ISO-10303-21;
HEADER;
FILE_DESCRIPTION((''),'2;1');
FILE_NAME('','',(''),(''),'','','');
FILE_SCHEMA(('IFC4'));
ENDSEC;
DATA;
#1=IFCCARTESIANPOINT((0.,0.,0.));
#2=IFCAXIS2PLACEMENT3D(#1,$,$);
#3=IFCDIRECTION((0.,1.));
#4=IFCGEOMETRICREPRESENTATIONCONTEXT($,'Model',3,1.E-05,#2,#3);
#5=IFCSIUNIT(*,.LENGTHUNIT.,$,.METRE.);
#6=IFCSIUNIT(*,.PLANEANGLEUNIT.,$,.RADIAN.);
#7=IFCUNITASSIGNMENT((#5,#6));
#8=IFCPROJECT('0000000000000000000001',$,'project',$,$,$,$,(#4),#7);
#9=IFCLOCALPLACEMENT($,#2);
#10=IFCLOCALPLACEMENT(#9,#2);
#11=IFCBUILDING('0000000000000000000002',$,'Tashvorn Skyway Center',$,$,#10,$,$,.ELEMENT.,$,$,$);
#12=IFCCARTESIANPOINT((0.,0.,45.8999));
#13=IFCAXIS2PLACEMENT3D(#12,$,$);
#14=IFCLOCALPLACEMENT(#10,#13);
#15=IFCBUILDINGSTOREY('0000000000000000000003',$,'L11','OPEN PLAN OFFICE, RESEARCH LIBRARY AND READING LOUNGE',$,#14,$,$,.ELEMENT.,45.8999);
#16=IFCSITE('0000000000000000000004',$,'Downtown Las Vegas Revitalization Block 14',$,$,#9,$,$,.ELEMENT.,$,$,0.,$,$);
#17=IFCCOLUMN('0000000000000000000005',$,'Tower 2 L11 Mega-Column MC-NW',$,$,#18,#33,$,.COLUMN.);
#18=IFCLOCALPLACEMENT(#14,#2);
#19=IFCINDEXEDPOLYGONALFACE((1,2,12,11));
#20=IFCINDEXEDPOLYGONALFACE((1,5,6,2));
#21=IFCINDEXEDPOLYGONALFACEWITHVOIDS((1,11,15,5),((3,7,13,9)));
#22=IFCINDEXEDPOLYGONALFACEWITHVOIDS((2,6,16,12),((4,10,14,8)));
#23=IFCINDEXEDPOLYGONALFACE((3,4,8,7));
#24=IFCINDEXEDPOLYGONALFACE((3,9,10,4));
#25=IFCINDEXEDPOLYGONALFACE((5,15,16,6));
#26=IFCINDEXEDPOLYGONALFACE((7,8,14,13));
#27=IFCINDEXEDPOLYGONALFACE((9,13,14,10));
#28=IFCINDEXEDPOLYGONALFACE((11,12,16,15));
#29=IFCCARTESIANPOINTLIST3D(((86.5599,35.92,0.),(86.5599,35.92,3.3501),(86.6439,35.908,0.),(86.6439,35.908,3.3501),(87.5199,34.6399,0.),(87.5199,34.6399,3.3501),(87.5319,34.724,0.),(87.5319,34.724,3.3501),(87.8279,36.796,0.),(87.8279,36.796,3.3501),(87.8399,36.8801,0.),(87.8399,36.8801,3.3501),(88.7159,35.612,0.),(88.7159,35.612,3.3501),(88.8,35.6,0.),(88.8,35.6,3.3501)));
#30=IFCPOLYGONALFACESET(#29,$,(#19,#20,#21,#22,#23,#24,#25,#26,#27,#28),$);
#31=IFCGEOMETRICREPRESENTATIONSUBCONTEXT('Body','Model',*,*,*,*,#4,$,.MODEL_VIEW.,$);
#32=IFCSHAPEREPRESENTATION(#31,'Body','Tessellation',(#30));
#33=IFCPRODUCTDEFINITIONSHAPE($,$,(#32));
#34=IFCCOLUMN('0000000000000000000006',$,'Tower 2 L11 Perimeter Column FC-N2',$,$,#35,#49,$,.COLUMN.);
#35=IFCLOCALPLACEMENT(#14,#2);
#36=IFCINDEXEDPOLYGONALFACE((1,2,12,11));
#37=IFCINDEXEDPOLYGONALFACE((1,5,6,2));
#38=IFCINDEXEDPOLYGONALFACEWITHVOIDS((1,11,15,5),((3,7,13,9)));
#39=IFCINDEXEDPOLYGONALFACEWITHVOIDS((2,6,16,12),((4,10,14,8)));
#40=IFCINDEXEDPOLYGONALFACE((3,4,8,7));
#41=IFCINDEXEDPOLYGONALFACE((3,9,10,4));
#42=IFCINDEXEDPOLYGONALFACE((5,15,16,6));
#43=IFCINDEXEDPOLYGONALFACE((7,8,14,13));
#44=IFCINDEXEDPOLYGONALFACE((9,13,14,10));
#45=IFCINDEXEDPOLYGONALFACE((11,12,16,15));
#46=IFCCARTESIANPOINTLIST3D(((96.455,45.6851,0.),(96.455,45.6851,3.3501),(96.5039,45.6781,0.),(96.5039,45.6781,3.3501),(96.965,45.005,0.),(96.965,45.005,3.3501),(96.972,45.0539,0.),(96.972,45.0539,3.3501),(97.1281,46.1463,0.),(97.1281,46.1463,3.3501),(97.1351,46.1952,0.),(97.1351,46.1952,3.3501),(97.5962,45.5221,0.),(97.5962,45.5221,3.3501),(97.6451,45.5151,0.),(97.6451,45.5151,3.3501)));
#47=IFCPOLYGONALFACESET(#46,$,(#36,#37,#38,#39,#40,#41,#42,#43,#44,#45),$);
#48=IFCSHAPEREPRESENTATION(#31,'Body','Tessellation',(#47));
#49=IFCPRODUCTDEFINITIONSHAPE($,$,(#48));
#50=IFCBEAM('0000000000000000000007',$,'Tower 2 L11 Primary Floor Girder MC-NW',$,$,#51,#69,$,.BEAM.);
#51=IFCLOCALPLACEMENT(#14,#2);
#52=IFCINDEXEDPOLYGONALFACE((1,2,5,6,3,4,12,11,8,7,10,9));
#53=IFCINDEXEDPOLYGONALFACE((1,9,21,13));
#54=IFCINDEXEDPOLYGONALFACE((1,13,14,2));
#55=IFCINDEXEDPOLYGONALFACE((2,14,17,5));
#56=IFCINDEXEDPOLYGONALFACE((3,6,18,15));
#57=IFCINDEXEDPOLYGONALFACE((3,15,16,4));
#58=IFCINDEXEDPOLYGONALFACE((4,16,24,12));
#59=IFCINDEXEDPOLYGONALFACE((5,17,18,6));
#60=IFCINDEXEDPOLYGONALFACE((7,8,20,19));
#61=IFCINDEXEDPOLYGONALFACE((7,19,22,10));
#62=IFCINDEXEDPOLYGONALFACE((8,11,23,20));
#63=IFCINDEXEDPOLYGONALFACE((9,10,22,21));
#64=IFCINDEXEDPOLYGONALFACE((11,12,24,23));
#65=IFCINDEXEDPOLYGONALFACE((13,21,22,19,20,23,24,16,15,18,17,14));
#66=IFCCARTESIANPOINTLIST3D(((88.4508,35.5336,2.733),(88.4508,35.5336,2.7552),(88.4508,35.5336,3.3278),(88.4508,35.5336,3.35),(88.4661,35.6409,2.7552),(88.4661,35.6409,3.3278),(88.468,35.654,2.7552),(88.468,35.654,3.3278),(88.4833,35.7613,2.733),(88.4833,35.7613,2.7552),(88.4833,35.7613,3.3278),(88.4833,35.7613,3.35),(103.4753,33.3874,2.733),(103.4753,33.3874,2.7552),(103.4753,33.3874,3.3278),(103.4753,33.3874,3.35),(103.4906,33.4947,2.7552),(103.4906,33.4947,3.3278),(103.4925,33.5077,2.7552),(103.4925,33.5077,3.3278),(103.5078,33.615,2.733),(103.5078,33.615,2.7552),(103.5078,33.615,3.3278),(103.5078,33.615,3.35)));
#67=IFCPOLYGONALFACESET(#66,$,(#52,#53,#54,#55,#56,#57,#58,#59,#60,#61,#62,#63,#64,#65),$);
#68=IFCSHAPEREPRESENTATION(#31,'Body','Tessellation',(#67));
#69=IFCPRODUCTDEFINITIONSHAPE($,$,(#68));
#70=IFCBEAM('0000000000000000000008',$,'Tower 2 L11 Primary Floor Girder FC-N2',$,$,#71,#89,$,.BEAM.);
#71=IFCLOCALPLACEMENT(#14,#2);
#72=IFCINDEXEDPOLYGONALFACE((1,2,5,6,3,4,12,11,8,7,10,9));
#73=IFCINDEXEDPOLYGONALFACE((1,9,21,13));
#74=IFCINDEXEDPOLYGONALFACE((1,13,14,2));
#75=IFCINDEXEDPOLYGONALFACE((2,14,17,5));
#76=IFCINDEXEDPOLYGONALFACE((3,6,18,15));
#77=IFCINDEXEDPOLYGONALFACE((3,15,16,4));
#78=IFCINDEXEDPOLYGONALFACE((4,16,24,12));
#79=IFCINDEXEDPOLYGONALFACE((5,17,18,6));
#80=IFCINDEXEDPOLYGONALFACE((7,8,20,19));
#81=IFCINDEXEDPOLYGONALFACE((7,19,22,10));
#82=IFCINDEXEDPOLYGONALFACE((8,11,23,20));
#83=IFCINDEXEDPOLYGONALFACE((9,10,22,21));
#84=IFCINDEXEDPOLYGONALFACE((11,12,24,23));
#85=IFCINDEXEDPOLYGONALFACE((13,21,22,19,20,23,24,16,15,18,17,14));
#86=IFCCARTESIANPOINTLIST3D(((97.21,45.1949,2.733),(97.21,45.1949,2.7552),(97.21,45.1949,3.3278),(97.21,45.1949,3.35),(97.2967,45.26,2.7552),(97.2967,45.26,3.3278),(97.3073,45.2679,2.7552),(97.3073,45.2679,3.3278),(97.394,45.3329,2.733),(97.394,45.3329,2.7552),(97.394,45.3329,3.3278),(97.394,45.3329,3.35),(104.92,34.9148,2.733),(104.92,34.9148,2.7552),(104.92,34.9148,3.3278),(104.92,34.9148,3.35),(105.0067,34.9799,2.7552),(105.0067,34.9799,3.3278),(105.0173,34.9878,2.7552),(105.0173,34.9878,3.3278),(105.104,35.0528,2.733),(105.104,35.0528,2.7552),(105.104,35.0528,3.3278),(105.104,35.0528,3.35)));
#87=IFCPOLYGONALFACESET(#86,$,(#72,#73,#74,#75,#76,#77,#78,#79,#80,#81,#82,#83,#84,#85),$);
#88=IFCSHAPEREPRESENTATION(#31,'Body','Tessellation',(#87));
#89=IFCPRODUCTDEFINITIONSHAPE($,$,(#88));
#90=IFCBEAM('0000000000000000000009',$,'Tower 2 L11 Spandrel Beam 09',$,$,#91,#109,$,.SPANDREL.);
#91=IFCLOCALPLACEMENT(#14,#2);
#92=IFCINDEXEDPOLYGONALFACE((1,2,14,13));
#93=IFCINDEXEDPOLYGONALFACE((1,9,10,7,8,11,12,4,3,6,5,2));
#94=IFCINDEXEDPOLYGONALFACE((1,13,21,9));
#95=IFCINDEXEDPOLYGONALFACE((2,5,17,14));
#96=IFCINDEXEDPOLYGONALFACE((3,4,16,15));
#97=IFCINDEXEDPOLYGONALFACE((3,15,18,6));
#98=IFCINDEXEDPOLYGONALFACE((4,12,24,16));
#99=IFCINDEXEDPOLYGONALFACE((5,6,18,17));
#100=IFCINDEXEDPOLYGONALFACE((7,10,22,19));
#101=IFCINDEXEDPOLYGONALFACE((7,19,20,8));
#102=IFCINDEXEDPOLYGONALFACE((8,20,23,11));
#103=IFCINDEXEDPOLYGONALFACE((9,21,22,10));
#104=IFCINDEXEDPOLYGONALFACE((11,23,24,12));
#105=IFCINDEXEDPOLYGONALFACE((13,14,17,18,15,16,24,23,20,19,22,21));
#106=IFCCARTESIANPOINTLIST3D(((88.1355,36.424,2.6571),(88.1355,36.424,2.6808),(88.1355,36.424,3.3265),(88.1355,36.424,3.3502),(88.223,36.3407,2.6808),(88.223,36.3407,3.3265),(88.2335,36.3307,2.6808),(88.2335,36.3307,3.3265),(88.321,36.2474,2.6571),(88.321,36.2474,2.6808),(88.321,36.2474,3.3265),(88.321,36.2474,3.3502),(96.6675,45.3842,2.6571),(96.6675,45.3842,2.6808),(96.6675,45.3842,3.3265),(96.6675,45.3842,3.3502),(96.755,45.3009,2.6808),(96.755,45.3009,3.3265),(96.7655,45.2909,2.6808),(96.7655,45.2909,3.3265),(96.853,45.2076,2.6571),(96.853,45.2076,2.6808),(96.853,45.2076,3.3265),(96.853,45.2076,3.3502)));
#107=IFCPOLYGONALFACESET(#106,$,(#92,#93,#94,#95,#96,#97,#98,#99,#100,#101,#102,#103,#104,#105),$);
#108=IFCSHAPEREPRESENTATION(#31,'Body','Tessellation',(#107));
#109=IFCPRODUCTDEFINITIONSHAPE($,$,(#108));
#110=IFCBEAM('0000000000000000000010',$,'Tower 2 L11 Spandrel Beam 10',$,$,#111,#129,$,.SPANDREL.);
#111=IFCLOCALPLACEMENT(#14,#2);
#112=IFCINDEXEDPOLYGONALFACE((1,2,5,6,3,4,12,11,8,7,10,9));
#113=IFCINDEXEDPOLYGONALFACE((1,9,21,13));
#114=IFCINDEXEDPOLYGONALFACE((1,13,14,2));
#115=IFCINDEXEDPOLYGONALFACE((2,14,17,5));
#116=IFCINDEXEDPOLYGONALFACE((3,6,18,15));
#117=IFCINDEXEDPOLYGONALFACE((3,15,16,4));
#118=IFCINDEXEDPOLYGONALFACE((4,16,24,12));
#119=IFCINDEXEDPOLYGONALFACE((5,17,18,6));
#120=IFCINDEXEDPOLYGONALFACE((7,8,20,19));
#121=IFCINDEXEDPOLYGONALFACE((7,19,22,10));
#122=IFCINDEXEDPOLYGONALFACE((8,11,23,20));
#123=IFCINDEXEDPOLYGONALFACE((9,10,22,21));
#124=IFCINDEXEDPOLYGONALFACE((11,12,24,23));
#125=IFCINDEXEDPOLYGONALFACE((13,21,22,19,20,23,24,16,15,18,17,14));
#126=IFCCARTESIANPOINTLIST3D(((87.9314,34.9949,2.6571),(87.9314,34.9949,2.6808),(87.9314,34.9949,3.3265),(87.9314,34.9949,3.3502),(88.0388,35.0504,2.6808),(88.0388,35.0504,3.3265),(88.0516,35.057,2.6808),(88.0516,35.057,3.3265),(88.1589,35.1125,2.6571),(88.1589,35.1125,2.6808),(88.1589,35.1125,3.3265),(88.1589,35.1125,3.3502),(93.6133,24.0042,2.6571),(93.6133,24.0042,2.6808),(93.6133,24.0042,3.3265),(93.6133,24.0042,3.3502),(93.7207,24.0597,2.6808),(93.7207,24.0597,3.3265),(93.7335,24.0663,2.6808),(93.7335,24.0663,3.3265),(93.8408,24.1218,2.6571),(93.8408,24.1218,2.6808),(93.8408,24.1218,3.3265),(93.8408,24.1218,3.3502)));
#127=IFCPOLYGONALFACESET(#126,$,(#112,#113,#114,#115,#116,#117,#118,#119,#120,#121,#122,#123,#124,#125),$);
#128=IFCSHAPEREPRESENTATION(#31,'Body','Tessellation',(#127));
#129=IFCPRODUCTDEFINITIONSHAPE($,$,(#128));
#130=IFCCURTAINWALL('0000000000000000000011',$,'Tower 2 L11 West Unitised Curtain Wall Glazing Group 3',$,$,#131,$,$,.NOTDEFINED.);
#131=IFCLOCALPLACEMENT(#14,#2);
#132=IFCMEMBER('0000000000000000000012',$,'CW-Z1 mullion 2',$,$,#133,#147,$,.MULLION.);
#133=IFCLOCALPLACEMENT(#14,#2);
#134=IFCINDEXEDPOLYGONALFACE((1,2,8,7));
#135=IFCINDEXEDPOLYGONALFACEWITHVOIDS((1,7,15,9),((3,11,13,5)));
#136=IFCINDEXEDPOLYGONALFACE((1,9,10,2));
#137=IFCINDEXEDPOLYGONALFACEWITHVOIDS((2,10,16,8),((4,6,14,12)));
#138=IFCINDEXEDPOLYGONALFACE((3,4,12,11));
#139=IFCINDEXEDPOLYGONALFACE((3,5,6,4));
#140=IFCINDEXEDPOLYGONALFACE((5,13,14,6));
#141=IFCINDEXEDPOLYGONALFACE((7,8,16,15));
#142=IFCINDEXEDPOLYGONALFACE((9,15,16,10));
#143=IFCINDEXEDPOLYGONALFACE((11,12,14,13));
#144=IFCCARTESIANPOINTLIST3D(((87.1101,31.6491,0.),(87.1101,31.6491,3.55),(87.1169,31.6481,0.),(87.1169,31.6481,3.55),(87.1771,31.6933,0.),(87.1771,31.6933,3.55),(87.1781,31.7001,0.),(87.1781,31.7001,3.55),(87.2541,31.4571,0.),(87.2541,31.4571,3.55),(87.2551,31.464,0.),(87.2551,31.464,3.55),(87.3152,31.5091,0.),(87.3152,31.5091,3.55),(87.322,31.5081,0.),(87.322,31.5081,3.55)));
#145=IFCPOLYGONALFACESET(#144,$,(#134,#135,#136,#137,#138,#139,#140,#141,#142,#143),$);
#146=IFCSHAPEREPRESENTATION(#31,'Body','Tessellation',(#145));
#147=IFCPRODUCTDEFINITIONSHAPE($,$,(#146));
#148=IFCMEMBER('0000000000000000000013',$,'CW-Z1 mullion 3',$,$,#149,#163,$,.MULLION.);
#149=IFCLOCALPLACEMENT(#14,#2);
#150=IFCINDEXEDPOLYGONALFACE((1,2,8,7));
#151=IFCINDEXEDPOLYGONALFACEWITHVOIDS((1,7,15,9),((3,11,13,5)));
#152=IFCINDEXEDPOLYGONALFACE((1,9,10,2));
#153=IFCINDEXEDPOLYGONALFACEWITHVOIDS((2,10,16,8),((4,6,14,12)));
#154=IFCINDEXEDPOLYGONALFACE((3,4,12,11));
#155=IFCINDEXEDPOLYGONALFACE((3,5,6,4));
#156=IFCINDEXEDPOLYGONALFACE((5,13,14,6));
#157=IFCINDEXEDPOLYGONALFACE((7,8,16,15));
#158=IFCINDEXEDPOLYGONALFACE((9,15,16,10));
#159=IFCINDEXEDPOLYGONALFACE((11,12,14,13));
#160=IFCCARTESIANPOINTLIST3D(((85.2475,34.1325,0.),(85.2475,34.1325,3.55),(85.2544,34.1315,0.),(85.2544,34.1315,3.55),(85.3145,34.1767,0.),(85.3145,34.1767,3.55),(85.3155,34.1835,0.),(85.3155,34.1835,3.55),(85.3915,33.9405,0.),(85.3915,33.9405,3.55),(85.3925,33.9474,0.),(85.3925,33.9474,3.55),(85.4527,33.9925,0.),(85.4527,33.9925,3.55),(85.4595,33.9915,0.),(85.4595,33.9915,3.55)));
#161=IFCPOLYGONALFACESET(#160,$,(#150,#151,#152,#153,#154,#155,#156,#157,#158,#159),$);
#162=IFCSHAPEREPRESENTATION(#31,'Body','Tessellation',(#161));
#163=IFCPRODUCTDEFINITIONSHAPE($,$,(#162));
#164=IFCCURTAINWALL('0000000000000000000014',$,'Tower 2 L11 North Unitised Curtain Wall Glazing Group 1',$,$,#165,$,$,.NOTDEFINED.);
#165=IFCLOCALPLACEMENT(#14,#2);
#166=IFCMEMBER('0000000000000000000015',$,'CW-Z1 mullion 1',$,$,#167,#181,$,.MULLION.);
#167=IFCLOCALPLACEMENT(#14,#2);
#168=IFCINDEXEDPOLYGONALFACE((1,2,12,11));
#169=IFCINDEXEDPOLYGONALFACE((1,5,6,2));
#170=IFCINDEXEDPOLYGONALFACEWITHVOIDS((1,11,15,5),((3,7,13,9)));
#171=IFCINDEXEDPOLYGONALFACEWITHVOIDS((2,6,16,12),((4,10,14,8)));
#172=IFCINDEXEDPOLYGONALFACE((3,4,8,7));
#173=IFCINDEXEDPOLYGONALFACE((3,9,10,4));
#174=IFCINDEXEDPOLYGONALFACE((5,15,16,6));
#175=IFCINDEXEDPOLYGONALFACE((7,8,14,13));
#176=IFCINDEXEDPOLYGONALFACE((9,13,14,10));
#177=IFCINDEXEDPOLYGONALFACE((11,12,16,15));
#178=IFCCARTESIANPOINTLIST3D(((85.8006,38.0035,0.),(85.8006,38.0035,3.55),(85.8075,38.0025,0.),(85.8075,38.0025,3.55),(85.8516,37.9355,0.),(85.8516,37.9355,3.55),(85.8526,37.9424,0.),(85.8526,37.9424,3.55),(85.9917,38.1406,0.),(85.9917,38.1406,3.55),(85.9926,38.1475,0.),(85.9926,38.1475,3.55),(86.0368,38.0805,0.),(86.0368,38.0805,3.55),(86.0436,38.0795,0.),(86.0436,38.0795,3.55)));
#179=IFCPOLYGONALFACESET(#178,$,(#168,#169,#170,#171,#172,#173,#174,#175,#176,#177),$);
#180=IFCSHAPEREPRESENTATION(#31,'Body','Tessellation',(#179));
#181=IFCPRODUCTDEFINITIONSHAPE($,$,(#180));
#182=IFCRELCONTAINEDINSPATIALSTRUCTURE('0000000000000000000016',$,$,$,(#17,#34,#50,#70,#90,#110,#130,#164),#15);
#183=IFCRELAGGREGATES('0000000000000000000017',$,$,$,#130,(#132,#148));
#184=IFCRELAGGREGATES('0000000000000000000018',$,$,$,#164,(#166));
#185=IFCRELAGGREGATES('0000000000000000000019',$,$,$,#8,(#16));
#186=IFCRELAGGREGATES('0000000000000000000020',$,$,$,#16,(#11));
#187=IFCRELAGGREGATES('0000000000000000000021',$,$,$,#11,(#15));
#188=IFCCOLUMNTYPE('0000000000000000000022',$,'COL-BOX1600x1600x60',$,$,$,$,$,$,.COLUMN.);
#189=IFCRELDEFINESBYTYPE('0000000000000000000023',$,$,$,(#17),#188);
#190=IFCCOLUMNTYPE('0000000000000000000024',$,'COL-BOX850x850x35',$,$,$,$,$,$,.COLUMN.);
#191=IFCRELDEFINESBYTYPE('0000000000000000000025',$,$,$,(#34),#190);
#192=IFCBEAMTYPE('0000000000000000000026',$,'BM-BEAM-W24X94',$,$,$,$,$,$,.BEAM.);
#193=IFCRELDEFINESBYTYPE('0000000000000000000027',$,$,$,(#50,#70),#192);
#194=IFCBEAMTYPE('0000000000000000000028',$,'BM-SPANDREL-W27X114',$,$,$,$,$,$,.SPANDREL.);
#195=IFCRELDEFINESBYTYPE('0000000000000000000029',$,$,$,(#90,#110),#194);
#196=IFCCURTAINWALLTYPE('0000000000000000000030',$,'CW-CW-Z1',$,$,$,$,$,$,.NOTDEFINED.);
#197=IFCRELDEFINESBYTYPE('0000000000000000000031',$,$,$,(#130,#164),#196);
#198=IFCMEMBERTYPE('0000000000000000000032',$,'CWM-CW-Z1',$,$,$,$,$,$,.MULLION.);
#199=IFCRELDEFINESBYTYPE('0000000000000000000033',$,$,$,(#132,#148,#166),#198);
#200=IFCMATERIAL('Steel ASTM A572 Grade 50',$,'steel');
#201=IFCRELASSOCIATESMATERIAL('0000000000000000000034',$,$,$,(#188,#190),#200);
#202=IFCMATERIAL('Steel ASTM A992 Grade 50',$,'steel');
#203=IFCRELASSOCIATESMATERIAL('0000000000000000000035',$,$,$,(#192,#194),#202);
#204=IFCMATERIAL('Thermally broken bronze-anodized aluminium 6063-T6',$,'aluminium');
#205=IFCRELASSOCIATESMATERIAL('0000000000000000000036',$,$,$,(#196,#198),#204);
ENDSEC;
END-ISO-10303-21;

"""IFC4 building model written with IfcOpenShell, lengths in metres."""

from ifc_helpers import new_model, si_unit, direction, frame, origin, origin_2d, place, context, subcontext, project, spatial, hollow_rectangle, i_section, extrude, material, material_profile, profile_set, type_object, element, aggregate, save


model = new_model("IFC4")

# Units and contexts
model_context = context("Model", 3, precision=1e-05, world=origin(), true_north=direction((0.0, 1.0)))
body_context = subcontext(model_context, "Body", "Model", "MODEL_VIEW")
ifc_project = project(units=[si_unit("LENGTHUNIT", "METRE"), si_unit("PLANEANGLEUNIT", "RADIAN")], contexts=[model_context])

# Site, building, storey
site_placement = place(None, origin())
site = spatial("IfcSite", under=ifc_project, at=site_placement, Name="Downtown Las Vegas Revitalization Block 14", CompositionType="ELEMENT", RefElevation=0.0)
building_placement = place(site_placement, origin())
building = spatial("IfcBuilding", under=site, at=building_placement, Name="Tashvorn Skyway Center", CompositionType="ELEMENT")
storey_placement = place(building_placement, frame((0.0, 0.0, 45.8999)))
storey = spatial("IfcBuildingStorey", under=building, at=storey_placement, Name="L11", Description="OPEN PLAN OFFICE, RESEARCH LIBRARY AND READING LOUNGE", CompositionType="ELEMENT", Elevation=45.8999)

# Columns
ifc_material_1 = material(Name="Steel ASTM A572 Grade 50", Category="steel")
ifc_material_profile_1 = material_profile(ifc_material_1, hollow_rectangle(XDim=1.6001, YDim=1.6001, WallThickness=0.0601, at=origin_2d()), Name="BOX1600x1600x60")
ifc_profile_set_1 = profile_set([ifc_material_profile_1], Name="Steel ASTM A572 Grade 50")
column_type_1 = type_object("IfcColumnType", Name="COL-BOX1600x1600x60", PredefinedType="COLUMN", material=ifc_profile_set_1)
column_1_placement = place(storey_placement, frame((87.6799, 35.76, 0.0), z_axis=(0.0, 0.0, 1.0), x_axis=(0.8, 0.6, 0.0)))
element("IfcColumn", 1, at=column_1_placement, inside=storey, type_object=column_type_1, Name="Tower 2 L11 Mega-Column MC-NW", PredefinedType="COLUMN", context=body_context, shape_type="SweptSolid", body=[
    extrude(hollow_rectangle(XDim=1.6001, YDim=1.6001, WallThickness=0.0601, at=origin_2d()), origin(), (0.0, 0.0, 1.0), 3.3501),
])
ifc_material_profile_2 = material_profile(ifc_material_1, hollow_rectangle(XDim=0.8501, YDim=0.8501, WallThickness=0.0349, at=origin_2d()), Name="BOX850x850x35")
ifc_profile_set_2 = profile_set([ifc_material_profile_2], Name="Steel ASTM A572 Grade 50")
column_type_2 = type_object("IfcColumnType", Name="COL-BOX850x850x35", PredefinedType="COLUMN", material=ifc_profile_set_2)
column_2_placement = place(storey_placement, frame((97.05, 45.6001, 0.0), z_axis=(0.0, 0.0, 1.0), x_axis=(0.8, 0.6, 0.0)))
element("IfcColumn", 2, at=column_2_placement, inside=storey, type_object=column_type_2, Name="Tower 2 L11 Perimeter Column FC-N2", PredefinedType="COLUMN", context=body_context, shape_type="SweptSolid", body=[
    extrude(hollow_rectangle(XDim=0.8501, YDim=0.8501, WallThickness=0.0349, at=origin_2d()), origin(), (0.0, 0.0, 1.0), 3.3501),
])

# Beams
ifc_material_2 = material(Name="Steel ASTM A992 Grade 50", Category="steel")
ifc_material_profile_3 = material_profile(ifc_material_2, i_section(OverallWidth=0.23, OverallDepth=0.6169, WebThickness=0.0132, FlangeThickness=0.0222, at=origin_2d()), Name="W24X94")
ifc_profile_set_3 = profile_set([ifc_material_profile_3], Name="Steel ASTM A992 Grade 50")
beam_type_1 = type_object("IfcBeamType", Name="BM-BEAM-W24X94", PredefinedType="BEAM", material=ifc_profile_set_3)
beam_1_placement = place(storey_placement, frame((88.467, 35.6475, 3.0415), z_axis=(0.98995, -0.141415, 0.0), x_axis=(0.141415, 0.98995, 0.0)))
element("IfcBeam", 3, at=beam_1_placement, inside=storey, type_object=beam_type_1, Name="Tower 2 L11 Primary Floor Girder MC-NW", PredefinedType="BEAM", context=body_context, shape_type="SweptSolid", body=[
    extrude(i_section(OverallWidth=0.23, OverallDepth=0.6169, WebThickness=0.0132, FlangeThickness=0.0222, at=origin_2d()), origin(), (0.0, 0.0, 1.0), 15.177),
])
beam_2_placement = place(storey_placement, frame((97.302, 45.2639, 3.0415), z_axis=(0.599997, -0.800002, 0.0), x_axis=(0.800002, 0.599997, 0.0)))
element("IfcBeam", 4, at=beam_2_placement, inside=storey, type_object=beam_type_1, Name="Tower 2 L11 Primary Floor Girder FC-N2", PredefinedType="BEAM", context=body_context, shape_type="SweptSolid", body=[
    extrude(i_section(OverallWidth=0.23, OverallDepth=0.6169, WebThickness=0.0132, FlangeThickness=0.0222, at=origin_2d()), origin(), (0.0, 0.0, 1.0), 12.8501),
])
ifc_material_profile_4 = material_profile(ifc_material_2, i_section(OverallWidth=0.2561, OverallDepth=0.6931, WebThickness=0.0144, FlangeThickness=0.0237, at=origin_2d()), Name="W27X114")
ifc_profile_set_4 = profile_set([ifc_material_profile_4], Name="Steel ASTM A992 Grade 50")
beam_type_2 = type_object("IfcBeamType", Name="BM-SPANDREL-W27X114", PredefinedType="SPANDREL", material=ifc_profile_set_4)
for number, where, z_axis, x_axis, name in (
    (5, (96.7603, 45.2959, 3.0037), (-0.68959, -0.7242, 0.0), (0.7242, -0.68959, 0.0), "Tower 2 L11 Spandrel Beam 09"),
    (6, (88.0452, 35.0537, 3.0037), (0.459233, -0.888316, 0.0), (0.888316, 0.459233, 0.0), "Tower 2 L11 Spandrel Beam 10"),
):
    element("IfcBeam", number, at=place(storey_placement, frame(where, z_axis=z_axis, x_axis=x_axis)), inside=storey, type_object=beam_type_2, Name=name, PredefinedType="SPANDREL", context=body_context, shape_type="SweptSolid", body=[
        extrude(i_section(OverallWidth=0.2561, OverallDepth=0.6931, WebThickness=0.0144, FlangeThickness=0.0237, at=origin_2d()), origin(), (0.0, 0.0, 1.0), 12.3726),
    ])

# Curtain walls, members
ifc_material_3 = material(Name="Thermally broken bronze-anodized aluminium 6063-T6", Category="aluminium")
curtain_wall_type = type_object("IfcCurtainWallType", Name="CW-CW-Z1", PredefinedType="NOTDEFINED", material=ifc_material_3)
curtain_wall_1_placement = place(storey_placement, origin())
curtain_wall_1 = element("IfcCurtainWall", 7, at=curtain_wall_1_placement, inside=storey, type_object=curtain_wall_type, Name="Tower 2 L11 West Unitised Curtain Wall Glazing Group 3", PredefinedType="NOTDEFINED")
ifc_material_profile_5 = material_profile(ifc_material_3, hollow_rectangle(XDim=0.085, YDim=0.24, WallThickness=0.0049, at=origin_2d()), Name="ALU-MULL-85x240")
ifc_profile_set_5 = profile_set([ifc_material_profile_5], Name="Thermally broken bronze-anodized aluminium 6063-T6")
member_type_1 = type_object("IfcMemberType", Name="CWM-CW-Z1", PredefinedType="MULLION", material=ifc_profile_set_5)
member_1_placement = place(storey_placement, frame((87.2161, 31.5786, 0.0), z_axis=(0.0, 0.0, 1.0), x_axis=(-0.800002, -0.599997, 0.0)))
member_1 = element("IfcMember", 8, at=member_1_placement, type_object=member_type_1, Name="CW-Z1 mullion 2", PredefinedType="MULLION", context=body_context, shape_type="SweptSolid", body=[
    extrude(hollow_rectangle(XDim=0.085, YDim=0.24, WallThickness=0.0049, at=origin_2d()), origin(), (0.0, 0.0, 1.0), 3.55),
])
member_2_placement = place(storey_placement, frame((85.3535, 34.062, 0.0), z_axis=(0.0, 0.0, 1.0), x_axis=(-0.800002, -0.599997, 0.0)))
member_2 = element("IfcMember", 9, at=member_2_placement, type_object=member_type_1, Name="CW-Z1 mullion 3", PredefinedType="MULLION", context=body_context, shape_type="SweptSolid", body=[
    extrude(hollow_rectangle(XDim=0.085, YDim=0.24, WallThickness=0.0049, at=origin_2d()), origin(), (0.0, 0.0, 1.0), 3.55),
])
curtain_wall_2_placement = place(storey_placement, origin())
curtain_wall_2 = element("IfcCurtainWall", 10, at=curtain_wall_2_placement, inside=storey, type_object=curtain_wall_type, Name="Tower 2 L11 North Unitised Curtain Wall Glazing Group 1", PredefinedType="NOTDEFINED")
member_3_placement = place(storey_placement, frame((85.9221, 38.0415, 0.0), z_axis=(0.0, 0.0, 1.0), x_axis=(-0.599997, 0.800002, 0.0)))
member_3 = element("IfcMember", 11, at=member_3_placement, type_object=member_type_1, Name="CW-Z1 mullion 1", PredefinedType="MULLION", context=body_context, shape_type="SweptSolid", body=[
    extrude(hollow_rectangle(XDim=0.085, YDim=0.24, WallThickness=0.0049, at=origin_2d()), origin(), (0.0, 0.0, 1.0), 3.55),
])

aggregate(curtain_wall_1, [member_1, member_2])
aggregate(curtain_wall_2, [member_3])

save(model, "model.ifc")
